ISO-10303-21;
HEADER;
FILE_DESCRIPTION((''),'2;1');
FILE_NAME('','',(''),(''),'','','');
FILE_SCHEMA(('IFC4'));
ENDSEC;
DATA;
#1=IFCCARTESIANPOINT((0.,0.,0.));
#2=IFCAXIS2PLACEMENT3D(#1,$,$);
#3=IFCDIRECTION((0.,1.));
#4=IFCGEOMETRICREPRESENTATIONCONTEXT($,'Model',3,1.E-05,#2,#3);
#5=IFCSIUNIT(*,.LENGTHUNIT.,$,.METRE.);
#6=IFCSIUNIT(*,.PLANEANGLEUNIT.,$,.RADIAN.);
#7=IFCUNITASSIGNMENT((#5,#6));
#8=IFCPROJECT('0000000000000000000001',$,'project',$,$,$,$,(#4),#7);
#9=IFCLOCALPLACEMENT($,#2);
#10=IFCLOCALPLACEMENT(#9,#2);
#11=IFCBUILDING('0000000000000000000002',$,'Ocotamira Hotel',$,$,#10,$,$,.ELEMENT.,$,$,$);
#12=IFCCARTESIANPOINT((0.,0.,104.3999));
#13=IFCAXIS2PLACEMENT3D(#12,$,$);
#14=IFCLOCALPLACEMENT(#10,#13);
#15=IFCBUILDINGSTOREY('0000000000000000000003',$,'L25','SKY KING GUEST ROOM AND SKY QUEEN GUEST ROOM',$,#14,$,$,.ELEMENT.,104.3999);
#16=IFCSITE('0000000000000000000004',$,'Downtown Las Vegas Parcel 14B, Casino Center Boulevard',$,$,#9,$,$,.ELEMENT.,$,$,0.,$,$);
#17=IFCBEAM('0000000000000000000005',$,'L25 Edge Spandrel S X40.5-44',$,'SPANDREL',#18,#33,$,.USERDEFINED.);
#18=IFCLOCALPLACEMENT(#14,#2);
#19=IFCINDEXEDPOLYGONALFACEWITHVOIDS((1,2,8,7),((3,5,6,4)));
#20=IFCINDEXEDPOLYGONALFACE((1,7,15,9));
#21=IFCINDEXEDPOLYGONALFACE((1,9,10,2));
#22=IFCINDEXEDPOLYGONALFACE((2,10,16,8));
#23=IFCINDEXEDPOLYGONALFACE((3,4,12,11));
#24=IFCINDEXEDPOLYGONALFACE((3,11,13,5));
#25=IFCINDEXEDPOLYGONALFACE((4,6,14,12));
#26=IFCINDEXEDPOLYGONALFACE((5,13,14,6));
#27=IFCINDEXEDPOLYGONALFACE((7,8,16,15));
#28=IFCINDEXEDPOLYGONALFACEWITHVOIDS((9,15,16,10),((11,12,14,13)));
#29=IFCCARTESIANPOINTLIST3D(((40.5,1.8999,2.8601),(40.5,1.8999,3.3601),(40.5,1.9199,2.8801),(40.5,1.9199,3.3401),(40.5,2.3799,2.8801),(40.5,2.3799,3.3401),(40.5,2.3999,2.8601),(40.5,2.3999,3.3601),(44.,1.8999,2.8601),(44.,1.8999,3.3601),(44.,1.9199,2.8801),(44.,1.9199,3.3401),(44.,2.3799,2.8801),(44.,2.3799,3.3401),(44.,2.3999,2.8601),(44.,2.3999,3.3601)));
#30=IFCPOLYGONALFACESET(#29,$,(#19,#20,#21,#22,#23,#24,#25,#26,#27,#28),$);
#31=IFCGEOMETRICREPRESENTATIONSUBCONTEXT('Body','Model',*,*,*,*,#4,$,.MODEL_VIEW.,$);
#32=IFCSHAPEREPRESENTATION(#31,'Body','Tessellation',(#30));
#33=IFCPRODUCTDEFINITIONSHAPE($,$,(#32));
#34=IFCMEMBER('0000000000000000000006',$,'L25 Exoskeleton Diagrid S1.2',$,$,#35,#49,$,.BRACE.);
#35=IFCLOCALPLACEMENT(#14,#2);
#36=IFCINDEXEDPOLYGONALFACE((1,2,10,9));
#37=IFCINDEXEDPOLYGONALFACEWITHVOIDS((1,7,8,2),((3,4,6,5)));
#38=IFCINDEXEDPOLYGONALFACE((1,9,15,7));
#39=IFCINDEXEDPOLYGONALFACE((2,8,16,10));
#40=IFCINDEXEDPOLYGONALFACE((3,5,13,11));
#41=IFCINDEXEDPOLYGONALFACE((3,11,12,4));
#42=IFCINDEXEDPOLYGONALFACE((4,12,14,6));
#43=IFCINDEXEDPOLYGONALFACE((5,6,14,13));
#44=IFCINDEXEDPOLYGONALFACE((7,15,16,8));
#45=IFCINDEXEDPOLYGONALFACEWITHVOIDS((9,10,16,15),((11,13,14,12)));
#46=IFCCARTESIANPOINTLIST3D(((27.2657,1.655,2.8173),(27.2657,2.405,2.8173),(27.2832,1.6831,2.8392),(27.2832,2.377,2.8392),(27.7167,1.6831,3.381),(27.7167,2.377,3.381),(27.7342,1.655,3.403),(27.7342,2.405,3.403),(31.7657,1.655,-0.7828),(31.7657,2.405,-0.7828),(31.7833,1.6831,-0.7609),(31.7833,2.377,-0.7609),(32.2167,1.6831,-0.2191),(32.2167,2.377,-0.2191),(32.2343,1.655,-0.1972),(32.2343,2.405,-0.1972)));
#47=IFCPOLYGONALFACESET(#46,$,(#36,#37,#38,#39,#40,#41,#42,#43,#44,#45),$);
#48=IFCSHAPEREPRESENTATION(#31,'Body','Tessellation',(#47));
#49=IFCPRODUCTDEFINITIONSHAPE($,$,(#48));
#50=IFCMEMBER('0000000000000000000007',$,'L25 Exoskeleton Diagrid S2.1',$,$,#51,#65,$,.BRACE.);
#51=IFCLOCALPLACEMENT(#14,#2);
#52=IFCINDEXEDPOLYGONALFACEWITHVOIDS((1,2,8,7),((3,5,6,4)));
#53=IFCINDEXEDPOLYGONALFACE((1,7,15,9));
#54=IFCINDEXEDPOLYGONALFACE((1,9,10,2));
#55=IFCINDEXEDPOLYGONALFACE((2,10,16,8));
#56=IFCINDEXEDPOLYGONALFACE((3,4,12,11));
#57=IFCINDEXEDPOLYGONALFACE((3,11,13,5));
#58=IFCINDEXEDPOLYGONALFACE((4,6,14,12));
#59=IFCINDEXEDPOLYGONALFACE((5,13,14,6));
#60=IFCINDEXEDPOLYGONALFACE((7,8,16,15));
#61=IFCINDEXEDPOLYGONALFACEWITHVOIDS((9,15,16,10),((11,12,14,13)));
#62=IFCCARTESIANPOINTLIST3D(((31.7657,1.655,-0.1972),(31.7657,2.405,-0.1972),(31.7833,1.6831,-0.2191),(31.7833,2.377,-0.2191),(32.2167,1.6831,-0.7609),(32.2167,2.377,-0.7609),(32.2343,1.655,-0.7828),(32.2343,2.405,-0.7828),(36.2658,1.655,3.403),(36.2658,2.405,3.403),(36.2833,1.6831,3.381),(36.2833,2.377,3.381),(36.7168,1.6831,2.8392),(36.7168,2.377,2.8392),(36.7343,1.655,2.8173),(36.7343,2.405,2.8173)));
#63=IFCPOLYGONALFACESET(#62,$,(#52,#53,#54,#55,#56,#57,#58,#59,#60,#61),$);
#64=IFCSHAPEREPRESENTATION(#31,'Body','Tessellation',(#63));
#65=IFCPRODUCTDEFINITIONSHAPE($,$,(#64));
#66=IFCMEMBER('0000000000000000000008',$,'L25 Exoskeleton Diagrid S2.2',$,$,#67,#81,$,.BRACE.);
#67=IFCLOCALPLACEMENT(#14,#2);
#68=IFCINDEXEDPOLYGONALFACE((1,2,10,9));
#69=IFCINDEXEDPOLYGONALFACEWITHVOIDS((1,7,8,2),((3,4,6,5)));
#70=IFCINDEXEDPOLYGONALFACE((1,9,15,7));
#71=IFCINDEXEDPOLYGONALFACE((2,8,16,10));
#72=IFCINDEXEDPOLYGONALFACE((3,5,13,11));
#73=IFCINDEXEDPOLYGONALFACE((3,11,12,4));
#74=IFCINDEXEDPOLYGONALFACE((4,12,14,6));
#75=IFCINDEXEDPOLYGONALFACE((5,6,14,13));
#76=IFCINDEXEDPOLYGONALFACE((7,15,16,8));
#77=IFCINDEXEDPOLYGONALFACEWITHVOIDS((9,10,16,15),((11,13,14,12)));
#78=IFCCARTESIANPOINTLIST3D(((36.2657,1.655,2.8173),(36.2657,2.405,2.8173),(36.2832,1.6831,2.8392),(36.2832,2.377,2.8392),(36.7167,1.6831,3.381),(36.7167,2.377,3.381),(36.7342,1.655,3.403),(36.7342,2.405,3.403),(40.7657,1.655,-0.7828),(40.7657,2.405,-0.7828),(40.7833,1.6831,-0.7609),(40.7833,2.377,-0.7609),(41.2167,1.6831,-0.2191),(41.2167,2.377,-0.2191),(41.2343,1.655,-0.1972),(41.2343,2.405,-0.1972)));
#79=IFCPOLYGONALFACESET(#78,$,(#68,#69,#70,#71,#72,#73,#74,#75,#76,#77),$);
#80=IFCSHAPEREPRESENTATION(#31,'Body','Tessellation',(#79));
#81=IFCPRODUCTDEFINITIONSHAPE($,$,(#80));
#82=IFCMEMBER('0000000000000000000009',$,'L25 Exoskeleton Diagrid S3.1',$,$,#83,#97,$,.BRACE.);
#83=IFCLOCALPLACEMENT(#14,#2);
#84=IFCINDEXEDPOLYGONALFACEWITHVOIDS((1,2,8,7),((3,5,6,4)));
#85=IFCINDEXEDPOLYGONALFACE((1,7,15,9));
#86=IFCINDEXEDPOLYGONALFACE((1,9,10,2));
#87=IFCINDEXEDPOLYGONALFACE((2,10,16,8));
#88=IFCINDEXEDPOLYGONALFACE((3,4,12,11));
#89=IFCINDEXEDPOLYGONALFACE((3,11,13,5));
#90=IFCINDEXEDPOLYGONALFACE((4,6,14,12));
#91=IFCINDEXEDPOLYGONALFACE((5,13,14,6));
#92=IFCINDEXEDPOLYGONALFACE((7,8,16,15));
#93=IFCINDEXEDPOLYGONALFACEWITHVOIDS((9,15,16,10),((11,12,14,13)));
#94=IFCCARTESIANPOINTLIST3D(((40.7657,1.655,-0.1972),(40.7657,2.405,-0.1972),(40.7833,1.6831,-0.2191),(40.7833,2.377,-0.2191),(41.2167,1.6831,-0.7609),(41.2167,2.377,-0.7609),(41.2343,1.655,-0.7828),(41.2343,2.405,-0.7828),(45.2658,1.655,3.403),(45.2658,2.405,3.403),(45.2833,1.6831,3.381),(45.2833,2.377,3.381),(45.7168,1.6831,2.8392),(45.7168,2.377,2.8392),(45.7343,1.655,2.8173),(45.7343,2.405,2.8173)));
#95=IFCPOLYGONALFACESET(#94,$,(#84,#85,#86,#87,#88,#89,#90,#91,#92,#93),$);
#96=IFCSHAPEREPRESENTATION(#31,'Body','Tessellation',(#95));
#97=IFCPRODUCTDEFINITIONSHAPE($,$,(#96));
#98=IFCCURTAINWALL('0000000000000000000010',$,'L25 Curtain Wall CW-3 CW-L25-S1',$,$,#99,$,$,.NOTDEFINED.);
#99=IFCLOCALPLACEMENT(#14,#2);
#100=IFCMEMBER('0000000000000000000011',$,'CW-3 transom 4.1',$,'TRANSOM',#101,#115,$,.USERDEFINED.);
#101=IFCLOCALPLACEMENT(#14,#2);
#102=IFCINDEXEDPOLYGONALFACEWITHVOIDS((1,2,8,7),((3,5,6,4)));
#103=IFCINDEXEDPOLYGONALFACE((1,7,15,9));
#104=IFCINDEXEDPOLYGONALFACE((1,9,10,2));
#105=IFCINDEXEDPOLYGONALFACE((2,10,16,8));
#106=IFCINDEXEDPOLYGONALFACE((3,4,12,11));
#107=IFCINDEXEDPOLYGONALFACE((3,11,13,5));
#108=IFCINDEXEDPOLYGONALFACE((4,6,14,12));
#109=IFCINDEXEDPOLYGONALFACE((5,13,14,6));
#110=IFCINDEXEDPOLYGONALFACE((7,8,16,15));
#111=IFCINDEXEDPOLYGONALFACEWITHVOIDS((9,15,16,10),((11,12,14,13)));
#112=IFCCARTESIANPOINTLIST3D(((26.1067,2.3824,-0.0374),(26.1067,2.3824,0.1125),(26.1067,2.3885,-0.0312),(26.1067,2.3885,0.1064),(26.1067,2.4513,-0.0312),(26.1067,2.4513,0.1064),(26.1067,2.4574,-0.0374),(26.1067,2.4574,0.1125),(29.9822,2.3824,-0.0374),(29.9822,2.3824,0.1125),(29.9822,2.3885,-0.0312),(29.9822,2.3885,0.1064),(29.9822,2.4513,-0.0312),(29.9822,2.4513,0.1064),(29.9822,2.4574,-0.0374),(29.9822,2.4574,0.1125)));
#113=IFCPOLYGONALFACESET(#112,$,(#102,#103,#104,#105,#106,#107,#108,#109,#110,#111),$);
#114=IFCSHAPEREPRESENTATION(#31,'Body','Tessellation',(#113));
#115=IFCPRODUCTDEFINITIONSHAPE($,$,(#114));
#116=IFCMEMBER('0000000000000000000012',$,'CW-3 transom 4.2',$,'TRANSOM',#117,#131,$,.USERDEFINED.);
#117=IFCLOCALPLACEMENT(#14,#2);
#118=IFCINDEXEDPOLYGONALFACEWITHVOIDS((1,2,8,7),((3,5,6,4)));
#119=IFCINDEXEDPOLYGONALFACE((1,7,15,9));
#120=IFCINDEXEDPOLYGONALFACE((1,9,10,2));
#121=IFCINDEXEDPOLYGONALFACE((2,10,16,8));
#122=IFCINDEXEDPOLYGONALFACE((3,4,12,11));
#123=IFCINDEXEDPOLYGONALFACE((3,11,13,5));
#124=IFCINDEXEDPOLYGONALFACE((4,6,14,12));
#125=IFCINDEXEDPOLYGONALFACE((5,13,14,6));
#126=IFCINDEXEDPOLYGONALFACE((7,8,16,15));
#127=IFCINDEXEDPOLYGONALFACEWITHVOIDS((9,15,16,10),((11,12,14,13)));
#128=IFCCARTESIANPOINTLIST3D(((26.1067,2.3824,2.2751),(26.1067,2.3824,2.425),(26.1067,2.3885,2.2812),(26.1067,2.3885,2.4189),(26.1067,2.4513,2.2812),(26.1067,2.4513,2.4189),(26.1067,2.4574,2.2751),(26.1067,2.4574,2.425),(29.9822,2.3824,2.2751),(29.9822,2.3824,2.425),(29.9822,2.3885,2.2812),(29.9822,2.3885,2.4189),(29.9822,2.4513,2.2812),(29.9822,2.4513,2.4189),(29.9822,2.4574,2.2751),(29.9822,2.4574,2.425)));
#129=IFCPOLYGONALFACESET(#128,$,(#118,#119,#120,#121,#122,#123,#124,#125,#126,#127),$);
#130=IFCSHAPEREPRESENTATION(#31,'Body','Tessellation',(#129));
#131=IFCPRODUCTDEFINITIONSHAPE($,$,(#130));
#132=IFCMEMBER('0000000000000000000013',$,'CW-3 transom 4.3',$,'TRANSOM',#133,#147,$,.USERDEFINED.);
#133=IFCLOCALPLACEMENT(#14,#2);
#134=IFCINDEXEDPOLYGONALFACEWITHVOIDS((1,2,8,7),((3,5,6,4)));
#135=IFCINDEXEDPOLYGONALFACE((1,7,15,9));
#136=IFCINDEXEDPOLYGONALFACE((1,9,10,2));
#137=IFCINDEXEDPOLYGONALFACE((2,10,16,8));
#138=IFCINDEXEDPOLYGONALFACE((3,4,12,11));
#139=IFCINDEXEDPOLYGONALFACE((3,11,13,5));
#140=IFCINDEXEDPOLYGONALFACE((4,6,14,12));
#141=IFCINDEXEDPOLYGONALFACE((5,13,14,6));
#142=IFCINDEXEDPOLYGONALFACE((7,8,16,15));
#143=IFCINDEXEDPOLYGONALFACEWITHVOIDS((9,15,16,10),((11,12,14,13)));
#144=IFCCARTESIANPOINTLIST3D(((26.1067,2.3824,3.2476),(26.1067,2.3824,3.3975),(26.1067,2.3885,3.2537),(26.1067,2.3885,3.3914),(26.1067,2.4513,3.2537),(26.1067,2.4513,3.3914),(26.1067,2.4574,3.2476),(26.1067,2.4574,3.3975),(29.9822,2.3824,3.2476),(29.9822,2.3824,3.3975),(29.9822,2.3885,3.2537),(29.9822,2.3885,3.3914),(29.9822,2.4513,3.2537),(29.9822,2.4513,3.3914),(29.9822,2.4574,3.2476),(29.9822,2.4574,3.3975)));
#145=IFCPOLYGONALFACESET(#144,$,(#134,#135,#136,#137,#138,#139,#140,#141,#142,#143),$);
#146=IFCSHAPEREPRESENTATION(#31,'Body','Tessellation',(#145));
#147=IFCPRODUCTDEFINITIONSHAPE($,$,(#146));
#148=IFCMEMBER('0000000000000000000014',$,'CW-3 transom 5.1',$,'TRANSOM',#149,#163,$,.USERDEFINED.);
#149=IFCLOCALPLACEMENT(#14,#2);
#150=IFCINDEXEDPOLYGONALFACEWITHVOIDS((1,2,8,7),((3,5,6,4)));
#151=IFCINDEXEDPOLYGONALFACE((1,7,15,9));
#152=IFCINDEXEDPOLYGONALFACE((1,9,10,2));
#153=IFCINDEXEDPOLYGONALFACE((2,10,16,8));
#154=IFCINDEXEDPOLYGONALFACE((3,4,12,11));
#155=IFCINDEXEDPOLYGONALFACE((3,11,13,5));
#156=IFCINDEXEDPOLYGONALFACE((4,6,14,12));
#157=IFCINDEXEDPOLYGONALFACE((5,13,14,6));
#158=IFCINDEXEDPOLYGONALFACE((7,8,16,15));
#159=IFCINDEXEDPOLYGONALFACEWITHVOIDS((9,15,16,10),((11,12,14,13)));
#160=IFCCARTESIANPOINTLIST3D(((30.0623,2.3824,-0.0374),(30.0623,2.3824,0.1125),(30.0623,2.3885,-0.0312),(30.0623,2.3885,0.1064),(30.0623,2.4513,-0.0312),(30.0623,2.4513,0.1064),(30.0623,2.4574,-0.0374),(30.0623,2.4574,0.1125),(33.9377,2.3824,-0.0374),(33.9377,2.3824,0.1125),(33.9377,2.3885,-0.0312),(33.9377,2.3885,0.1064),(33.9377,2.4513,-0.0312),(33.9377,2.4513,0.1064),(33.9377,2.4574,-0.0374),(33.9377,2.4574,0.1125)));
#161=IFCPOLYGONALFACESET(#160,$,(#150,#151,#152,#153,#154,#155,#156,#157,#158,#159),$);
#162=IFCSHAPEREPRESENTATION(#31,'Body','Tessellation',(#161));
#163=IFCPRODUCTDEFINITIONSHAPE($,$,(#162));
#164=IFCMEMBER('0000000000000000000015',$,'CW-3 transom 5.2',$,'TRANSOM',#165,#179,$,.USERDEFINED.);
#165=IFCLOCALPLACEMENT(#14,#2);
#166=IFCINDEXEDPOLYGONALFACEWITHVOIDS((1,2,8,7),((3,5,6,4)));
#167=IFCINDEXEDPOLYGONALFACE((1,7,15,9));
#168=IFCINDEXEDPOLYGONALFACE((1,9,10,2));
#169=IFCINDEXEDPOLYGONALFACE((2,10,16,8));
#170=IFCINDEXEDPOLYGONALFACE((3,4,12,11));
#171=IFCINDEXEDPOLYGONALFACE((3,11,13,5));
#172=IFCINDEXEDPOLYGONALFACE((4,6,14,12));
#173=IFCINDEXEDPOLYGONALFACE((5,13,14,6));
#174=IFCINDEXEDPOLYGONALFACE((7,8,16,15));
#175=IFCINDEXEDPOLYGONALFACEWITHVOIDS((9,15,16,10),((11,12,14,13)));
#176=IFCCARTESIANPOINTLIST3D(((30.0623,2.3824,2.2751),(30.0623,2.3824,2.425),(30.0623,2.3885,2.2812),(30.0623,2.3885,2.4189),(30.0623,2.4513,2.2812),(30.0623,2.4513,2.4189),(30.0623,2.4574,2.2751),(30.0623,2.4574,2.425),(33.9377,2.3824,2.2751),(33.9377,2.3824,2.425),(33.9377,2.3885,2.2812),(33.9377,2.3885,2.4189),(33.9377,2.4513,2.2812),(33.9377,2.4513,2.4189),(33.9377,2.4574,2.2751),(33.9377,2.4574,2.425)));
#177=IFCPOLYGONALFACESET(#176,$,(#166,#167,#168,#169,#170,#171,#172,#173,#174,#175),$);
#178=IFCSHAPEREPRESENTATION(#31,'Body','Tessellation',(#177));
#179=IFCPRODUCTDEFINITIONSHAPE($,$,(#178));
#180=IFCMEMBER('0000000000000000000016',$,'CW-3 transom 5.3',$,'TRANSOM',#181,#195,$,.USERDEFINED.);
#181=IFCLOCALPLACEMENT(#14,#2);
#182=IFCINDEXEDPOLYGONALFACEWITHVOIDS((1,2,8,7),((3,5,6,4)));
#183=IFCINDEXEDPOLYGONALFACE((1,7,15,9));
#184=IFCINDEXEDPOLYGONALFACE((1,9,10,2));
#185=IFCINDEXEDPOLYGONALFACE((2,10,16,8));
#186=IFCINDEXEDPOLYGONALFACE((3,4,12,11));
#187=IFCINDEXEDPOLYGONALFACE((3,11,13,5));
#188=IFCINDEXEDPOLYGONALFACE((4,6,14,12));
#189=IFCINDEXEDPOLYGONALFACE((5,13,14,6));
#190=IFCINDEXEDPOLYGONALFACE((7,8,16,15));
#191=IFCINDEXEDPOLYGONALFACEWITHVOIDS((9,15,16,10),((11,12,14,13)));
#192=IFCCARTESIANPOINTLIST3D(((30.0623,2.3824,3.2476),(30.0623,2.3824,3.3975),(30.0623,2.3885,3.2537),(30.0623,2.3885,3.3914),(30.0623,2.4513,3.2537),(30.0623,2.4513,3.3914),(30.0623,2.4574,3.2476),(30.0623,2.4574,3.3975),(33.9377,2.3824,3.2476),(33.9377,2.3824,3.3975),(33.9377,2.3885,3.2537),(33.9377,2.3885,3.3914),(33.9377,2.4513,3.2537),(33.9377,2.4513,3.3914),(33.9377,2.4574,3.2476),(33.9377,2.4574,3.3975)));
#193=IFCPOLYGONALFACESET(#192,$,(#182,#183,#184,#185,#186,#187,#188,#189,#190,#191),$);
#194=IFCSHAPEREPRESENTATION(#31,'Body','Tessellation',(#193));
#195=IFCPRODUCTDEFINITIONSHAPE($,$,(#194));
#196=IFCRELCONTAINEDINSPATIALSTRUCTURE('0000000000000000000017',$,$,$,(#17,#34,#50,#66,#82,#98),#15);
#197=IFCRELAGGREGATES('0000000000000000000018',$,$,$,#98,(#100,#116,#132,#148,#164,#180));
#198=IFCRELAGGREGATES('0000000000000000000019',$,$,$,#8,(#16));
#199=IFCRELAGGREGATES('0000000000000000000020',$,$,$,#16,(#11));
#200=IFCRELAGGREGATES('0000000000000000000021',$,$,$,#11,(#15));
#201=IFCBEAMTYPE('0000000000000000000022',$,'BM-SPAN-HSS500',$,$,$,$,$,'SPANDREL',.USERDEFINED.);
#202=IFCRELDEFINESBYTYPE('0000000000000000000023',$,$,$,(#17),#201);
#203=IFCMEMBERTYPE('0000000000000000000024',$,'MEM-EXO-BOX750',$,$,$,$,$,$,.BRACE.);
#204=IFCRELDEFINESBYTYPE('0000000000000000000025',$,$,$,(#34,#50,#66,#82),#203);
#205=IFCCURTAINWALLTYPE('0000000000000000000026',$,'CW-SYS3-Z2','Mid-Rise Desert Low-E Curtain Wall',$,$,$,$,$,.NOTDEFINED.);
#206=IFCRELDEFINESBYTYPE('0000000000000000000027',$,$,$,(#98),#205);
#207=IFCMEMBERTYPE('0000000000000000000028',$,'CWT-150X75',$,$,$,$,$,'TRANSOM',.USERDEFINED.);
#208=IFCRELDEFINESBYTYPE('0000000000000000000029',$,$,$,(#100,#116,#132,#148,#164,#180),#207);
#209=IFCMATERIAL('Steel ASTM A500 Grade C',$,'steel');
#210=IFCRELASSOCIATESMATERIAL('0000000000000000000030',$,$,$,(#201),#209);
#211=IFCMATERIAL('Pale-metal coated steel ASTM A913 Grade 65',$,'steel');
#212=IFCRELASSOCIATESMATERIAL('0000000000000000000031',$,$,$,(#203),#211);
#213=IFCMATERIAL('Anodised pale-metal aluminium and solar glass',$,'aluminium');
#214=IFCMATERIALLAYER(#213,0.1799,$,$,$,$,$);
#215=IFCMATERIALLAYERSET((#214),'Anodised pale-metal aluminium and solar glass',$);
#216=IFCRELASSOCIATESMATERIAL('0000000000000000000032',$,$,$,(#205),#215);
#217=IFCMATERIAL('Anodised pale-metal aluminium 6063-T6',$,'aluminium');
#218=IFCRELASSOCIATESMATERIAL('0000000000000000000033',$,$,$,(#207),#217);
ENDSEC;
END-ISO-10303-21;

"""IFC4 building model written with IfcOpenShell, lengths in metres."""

from ifc_helpers import new_model, si_unit, direction, frame, origin, origin_2d, place, context, subcontext, project, spatial, hollow_rectangle, extrude, source, transform, mapped, material, layer, layer_set, material_profile, profile_set, type_object, element, aggregate, save


model = new_model("IFC4")

# Units and contexts
model_context = context("Model", 3, precision=1e-05, world=origin(), true_north=direction((0.0, 1.0)))
body_context = subcontext(model_context, "Body", "Model", "MODEL_VIEW")
ifc_project = project(units=[si_unit("LENGTHUNIT", "METRE"), si_unit("PLANEANGLEUNIT", "RADIAN")], contexts=[model_context])

# Site, building, storey
site_placement = place(None, origin())
site = spatial("IfcSite", under=ifc_project, at=site_placement, Name="Downtown Las Vegas Parcel 14B, Casino Center Boulevard", CompositionType="ELEMENT", RefElevation=0.0)
building_placement = place(site_placement, origin())
building = spatial("IfcBuilding", under=site, at=building_placement, Name="Ocotamira Hotel", CompositionType="ELEMENT")
storey_placement = place(building_placement, frame((0.0, 0.0, 104.3999)))
storey = spatial("IfcBuildingStorey", under=building, at=storey_placement, Name="L25", Description="SKY KING GUEST ROOM AND SKY QUEEN GUEST ROOM", CompositionType="ELEMENT", Elevation=104.3999)

# Beam
ifc_material_1 = material(Name="Steel ASTM A500 Grade C", Category="steel")
ifc_material_profile_1 = material_profile(ifc_material_1, hollow_rectangle(XDim=0.5, YDim=0.5, WallThickness=0.02, at=origin_2d()), Name="HSS500X500X20")
ifc_profile_set_1 = profile_set([ifc_material_profile_1], Name="Steel ASTM A500 Grade C")
beam_type = type_object("IfcBeamType", Name="BM-SPAN-HSS500", ElementType="SPANDREL", PredefinedType="USERDEFINED", material=ifc_profile_set_1)
shared_shape_1 = source(origin(), body_context, "Body", "SweptSolid", [
    extrude(hollow_rectangle(XDim=0.5, YDim=0.5, WallThickness=0.02, at=origin_2d()), origin(), (0.0, 0.0, 1.0), 3.5),
])
beam_placement = place(storey_placement, frame((40.5, 2.1499, 3.1101), z_axis=(1.0, 0.0, 0.0), x_axis=(0.0, 1.0, 0.0)))
element("IfcBeam", 1, at=beam_placement, inside=storey, type_object=beam_type, Name="L25 Edge Spandrel S X40.5-44", ObjectType="SPANDREL", PredefinedType="USERDEFINED", context=body_context, shape_type="MappedRepresentation", body=[
    mapped(shared_shape_1, transform((0.0, 0.0, 0.0), scale=1.0)),
])

# Members
ifc_material_2 = material(Name="Pale-metal coated steel ASTM A913 Grade 65", Category="steel")
ifc_material_profile_2 = material_profile(ifc_material_2, hollow_rectangle(XDim=0.75, YDim=0.75, WallThickness=0.0281, at=origin_2d()), Name="BOX750X750X28")
ifc_profile_set_2 = profile_set([ifc_material_profile_2], Name="Pale-metal coated steel ASTM A913 Grade 65")
member_type_1 = type_object("IfcMemberType", Name="MEM-EXO-BOX750", PredefinedType="BRACE", material=ifc_profile_set_2)
shared_shape_2 = source(origin(), body_context, "Body", "SweptSolid", [
    extrude(hollow_rectangle(XDim=0.75, YDim=0.75, WallThickness=0.0281, at=origin_2d()), origin(), (0.0, 0.0, 1.0), 5.7629),
])
for number, where, z_axis, x_axis, name in (
    (2, (32.0, 2.03, -0.49), (-0.780861, 0.0, 0.624705), (0.0, -1.0, 0.0), "L25 Exoskeleton Diagrid S1.2"),
    (3, (32.0, 2.03, -0.49), (0.780861, 0.0, 0.624705), (0.0, 1.0, 0.0), "L25 Exoskeleton Diagrid S2.1"),
    (4, (41.0, 2.03, -0.49), (-0.780861, 0.0, 0.624705), (0.0, -1.0, 0.0), "L25 Exoskeleton Diagrid S2.2"),
    (5, (41.0, 2.03, -0.49), (0.780861, 0.0, 0.624705), (0.0, 1.0, 0.0), "L25 Exoskeleton Diagrid S3.1"),
):
    element("IfcMember", number, at=place(storey_placement, frame(where, z_axis=z_axis, x_axis=x_axis)), inside=storey, type_object=member_type_1, Name=name, PredefinedType="BRACE", context=body_context, shape_type="MappedRepresentation", body=[
        mapped(shared_shape_2, transform((0.0, 0.0, 0.0), scale=1.0)),
    ])

# Curtain wall, members
ifc_material_3 = material(Name="Anodised pale-metal aluminium and solar glass", Category="aluminium")
ifc_layer_1 = layer(ifc_material_3, 0.1799)
ifc_layer_set_1 = layer_set([ifc_layer_1], Name="Anodised pale-metal aluminium and solar glass")
curtain_wall_type = type_object("IfcCurtainWallType", Name="CW-SYS3-Z2", Description="Mid-Rise Desert Low-E Curtain Wall", PredefinedType="NOTDEFINED", material=ifc_layer_set_1)
curtain_wall_placement = place(storey_placement, origin())
curtain_wall = element("IfcCurtainWall", 6, at=curtain_wall_placement, inside=storey, type_object=curtain_wall_type, Name="L25 Curtain Wall CW-3 CW-L25-S1", PredefinedType="NOTDEFINED")
ifc_material_4 = material(Name="Anodised pale-metal aluminium 6063-T6", Category="aluminium")
ifc_material_profile_3 = material_profile(ifc_material_4, hollow_rectangle(XDim=0.075, YDim=0.1499, WallThickness=0.0061, at=origin_2d()), Name="HSS150X75X6")
ifc_profile_set_3 = profile_set([ifc_material_profile_3], Name="Anodised pale-metal aluminium 6063-T6")
member_type_2 = type_object("IfcMemberType", Name="CWT-150X75", ElementType="TRANSOM", PredefinedType="USERDEFINED", material=ifc_profile_set_3)
shared_shape_3 = source(origin(), body_context, "Body", "SweptSolid", [
    extrude(hollow_rectangle(XDim=0.075, YDim=0.1499, WallThickness=0.0061, at=origin_2d()), origin(), (0.0, 0.0, 1.0), 3.8755),
])
member_1_placement = place(storey_placement, frame((26.1067, 2.4199, 0.0376), z_axis=(1.0, 0.0, 0.0), x_axis=(0.0, 1.0, 0.0)))
member_1 = element("IfcMember", 7, at=member_1_placement, type_object=member_type_2, Name="CW-3 transom 4.1", ObjectType="TRANSOM", PredefinedType="USERDEFINED", context=body_context, shape_type="MappedRepresentation", body=[
    mapped(shared_shape_3, transform((0.0, 0.0, 0.0), scale=1.0)),
])
member_2_placement = place(storey_placement, frame((26.1067, 2.4199, 2.3501), z_axis=(1.0, 0.0, 0.0), x_axis=(0.0, 1.0, 0.0)))
member_2 = element("IfcMember", 8, at=member_2_placement, type_object=member_type_2, Name="CW-3 transom 4.2", ObjectType="TRANSOM", PredefinedType="USERDEFINED", context=body_context, shape_type="MappedRepresentation", body=[
    mapped(shared_shape_3, transform((0.0, 0.0, 0.0), scale=1.0)),
])
member_3_placement = place(storey_placement, frame((26.1067, 2.4199, 3.3225), z_axis=(1.0, 0.0, 0.0), x_axis=(0.0, 1.0, 0.0)))
member_3 = element("IfcMember", 9, at=member_3_placement, type_object=member_type_2, Name="CW-3 transom 4.3", ObjectType="TRANSOM", PredefinedType="USERDEFINED", context=body_context, shape_type="MappedRepresentation", body=[
    mapped(shared_shape_3, transform((0.0, 0.0, 0.0), scale=1.0)),
])
member_4_placement = place(storey_placement, frame((30.0623, 2.4199, 0.0376), z_axis=(1.0, 0.0, 0.0), x_axis=(0.0, 1.0, 0.0)))
member_4 = element("IfcMember", 10, at=member_4_placement, type_object=member_type_2, Name="CW-3 transom 5.1", ObjectType="TRANSOM", PredefinedType="USERDEFINED", context=body_context, shape_type="MappedRepresentation", body=[
    mapped(shared_shape_3, transform((0.0, 0.0, 0.0), scale=1.0)),
])
member_5_placement = place(storey_placement, frame((30.0623, 2.4199, 2.3501), z_axis=(1.0, 0.0, 0.0), x_axis=(0.0, 1.0, 0.0)))
member_5 = element("IfcMember", 11, at=member_5_placement, type_object=member_type_2, Name="CW-3 transom 5.2", ObjectType="TRANSOM", PredefinedType="USERDEFINED", context=body_context, shape_type="MappedRepresentation", body=[
    mapped(shared_shape_3, transform((0.0, 0.0, 0.0), scale=1.0)),
])
member_6_placement = place(storey_placement, frame((30.0623, 2.4199, 3.3225), z_axis=(1.0, 0.0, 0.0), x_axis=(0.0, 1.0, 0.0)))
member_6 = element("IfcMember", 12, at=member_6_placement, type_object=member_type_2, Name="CW-3 transom 5.3", ObjectType="TRANSOM", PredefinedType="USERDEFINED", context=body_context, shape_type="MappedRepresentation", body=[
    mapped(shared_shape_3, transform((0.0, 0.0, 0.0), scale=1.0)),
])

aggregate(curtain_wall, [member_1, member_2, member_3, member_4, member_5, member_6])

save(model, "model.ifc")
